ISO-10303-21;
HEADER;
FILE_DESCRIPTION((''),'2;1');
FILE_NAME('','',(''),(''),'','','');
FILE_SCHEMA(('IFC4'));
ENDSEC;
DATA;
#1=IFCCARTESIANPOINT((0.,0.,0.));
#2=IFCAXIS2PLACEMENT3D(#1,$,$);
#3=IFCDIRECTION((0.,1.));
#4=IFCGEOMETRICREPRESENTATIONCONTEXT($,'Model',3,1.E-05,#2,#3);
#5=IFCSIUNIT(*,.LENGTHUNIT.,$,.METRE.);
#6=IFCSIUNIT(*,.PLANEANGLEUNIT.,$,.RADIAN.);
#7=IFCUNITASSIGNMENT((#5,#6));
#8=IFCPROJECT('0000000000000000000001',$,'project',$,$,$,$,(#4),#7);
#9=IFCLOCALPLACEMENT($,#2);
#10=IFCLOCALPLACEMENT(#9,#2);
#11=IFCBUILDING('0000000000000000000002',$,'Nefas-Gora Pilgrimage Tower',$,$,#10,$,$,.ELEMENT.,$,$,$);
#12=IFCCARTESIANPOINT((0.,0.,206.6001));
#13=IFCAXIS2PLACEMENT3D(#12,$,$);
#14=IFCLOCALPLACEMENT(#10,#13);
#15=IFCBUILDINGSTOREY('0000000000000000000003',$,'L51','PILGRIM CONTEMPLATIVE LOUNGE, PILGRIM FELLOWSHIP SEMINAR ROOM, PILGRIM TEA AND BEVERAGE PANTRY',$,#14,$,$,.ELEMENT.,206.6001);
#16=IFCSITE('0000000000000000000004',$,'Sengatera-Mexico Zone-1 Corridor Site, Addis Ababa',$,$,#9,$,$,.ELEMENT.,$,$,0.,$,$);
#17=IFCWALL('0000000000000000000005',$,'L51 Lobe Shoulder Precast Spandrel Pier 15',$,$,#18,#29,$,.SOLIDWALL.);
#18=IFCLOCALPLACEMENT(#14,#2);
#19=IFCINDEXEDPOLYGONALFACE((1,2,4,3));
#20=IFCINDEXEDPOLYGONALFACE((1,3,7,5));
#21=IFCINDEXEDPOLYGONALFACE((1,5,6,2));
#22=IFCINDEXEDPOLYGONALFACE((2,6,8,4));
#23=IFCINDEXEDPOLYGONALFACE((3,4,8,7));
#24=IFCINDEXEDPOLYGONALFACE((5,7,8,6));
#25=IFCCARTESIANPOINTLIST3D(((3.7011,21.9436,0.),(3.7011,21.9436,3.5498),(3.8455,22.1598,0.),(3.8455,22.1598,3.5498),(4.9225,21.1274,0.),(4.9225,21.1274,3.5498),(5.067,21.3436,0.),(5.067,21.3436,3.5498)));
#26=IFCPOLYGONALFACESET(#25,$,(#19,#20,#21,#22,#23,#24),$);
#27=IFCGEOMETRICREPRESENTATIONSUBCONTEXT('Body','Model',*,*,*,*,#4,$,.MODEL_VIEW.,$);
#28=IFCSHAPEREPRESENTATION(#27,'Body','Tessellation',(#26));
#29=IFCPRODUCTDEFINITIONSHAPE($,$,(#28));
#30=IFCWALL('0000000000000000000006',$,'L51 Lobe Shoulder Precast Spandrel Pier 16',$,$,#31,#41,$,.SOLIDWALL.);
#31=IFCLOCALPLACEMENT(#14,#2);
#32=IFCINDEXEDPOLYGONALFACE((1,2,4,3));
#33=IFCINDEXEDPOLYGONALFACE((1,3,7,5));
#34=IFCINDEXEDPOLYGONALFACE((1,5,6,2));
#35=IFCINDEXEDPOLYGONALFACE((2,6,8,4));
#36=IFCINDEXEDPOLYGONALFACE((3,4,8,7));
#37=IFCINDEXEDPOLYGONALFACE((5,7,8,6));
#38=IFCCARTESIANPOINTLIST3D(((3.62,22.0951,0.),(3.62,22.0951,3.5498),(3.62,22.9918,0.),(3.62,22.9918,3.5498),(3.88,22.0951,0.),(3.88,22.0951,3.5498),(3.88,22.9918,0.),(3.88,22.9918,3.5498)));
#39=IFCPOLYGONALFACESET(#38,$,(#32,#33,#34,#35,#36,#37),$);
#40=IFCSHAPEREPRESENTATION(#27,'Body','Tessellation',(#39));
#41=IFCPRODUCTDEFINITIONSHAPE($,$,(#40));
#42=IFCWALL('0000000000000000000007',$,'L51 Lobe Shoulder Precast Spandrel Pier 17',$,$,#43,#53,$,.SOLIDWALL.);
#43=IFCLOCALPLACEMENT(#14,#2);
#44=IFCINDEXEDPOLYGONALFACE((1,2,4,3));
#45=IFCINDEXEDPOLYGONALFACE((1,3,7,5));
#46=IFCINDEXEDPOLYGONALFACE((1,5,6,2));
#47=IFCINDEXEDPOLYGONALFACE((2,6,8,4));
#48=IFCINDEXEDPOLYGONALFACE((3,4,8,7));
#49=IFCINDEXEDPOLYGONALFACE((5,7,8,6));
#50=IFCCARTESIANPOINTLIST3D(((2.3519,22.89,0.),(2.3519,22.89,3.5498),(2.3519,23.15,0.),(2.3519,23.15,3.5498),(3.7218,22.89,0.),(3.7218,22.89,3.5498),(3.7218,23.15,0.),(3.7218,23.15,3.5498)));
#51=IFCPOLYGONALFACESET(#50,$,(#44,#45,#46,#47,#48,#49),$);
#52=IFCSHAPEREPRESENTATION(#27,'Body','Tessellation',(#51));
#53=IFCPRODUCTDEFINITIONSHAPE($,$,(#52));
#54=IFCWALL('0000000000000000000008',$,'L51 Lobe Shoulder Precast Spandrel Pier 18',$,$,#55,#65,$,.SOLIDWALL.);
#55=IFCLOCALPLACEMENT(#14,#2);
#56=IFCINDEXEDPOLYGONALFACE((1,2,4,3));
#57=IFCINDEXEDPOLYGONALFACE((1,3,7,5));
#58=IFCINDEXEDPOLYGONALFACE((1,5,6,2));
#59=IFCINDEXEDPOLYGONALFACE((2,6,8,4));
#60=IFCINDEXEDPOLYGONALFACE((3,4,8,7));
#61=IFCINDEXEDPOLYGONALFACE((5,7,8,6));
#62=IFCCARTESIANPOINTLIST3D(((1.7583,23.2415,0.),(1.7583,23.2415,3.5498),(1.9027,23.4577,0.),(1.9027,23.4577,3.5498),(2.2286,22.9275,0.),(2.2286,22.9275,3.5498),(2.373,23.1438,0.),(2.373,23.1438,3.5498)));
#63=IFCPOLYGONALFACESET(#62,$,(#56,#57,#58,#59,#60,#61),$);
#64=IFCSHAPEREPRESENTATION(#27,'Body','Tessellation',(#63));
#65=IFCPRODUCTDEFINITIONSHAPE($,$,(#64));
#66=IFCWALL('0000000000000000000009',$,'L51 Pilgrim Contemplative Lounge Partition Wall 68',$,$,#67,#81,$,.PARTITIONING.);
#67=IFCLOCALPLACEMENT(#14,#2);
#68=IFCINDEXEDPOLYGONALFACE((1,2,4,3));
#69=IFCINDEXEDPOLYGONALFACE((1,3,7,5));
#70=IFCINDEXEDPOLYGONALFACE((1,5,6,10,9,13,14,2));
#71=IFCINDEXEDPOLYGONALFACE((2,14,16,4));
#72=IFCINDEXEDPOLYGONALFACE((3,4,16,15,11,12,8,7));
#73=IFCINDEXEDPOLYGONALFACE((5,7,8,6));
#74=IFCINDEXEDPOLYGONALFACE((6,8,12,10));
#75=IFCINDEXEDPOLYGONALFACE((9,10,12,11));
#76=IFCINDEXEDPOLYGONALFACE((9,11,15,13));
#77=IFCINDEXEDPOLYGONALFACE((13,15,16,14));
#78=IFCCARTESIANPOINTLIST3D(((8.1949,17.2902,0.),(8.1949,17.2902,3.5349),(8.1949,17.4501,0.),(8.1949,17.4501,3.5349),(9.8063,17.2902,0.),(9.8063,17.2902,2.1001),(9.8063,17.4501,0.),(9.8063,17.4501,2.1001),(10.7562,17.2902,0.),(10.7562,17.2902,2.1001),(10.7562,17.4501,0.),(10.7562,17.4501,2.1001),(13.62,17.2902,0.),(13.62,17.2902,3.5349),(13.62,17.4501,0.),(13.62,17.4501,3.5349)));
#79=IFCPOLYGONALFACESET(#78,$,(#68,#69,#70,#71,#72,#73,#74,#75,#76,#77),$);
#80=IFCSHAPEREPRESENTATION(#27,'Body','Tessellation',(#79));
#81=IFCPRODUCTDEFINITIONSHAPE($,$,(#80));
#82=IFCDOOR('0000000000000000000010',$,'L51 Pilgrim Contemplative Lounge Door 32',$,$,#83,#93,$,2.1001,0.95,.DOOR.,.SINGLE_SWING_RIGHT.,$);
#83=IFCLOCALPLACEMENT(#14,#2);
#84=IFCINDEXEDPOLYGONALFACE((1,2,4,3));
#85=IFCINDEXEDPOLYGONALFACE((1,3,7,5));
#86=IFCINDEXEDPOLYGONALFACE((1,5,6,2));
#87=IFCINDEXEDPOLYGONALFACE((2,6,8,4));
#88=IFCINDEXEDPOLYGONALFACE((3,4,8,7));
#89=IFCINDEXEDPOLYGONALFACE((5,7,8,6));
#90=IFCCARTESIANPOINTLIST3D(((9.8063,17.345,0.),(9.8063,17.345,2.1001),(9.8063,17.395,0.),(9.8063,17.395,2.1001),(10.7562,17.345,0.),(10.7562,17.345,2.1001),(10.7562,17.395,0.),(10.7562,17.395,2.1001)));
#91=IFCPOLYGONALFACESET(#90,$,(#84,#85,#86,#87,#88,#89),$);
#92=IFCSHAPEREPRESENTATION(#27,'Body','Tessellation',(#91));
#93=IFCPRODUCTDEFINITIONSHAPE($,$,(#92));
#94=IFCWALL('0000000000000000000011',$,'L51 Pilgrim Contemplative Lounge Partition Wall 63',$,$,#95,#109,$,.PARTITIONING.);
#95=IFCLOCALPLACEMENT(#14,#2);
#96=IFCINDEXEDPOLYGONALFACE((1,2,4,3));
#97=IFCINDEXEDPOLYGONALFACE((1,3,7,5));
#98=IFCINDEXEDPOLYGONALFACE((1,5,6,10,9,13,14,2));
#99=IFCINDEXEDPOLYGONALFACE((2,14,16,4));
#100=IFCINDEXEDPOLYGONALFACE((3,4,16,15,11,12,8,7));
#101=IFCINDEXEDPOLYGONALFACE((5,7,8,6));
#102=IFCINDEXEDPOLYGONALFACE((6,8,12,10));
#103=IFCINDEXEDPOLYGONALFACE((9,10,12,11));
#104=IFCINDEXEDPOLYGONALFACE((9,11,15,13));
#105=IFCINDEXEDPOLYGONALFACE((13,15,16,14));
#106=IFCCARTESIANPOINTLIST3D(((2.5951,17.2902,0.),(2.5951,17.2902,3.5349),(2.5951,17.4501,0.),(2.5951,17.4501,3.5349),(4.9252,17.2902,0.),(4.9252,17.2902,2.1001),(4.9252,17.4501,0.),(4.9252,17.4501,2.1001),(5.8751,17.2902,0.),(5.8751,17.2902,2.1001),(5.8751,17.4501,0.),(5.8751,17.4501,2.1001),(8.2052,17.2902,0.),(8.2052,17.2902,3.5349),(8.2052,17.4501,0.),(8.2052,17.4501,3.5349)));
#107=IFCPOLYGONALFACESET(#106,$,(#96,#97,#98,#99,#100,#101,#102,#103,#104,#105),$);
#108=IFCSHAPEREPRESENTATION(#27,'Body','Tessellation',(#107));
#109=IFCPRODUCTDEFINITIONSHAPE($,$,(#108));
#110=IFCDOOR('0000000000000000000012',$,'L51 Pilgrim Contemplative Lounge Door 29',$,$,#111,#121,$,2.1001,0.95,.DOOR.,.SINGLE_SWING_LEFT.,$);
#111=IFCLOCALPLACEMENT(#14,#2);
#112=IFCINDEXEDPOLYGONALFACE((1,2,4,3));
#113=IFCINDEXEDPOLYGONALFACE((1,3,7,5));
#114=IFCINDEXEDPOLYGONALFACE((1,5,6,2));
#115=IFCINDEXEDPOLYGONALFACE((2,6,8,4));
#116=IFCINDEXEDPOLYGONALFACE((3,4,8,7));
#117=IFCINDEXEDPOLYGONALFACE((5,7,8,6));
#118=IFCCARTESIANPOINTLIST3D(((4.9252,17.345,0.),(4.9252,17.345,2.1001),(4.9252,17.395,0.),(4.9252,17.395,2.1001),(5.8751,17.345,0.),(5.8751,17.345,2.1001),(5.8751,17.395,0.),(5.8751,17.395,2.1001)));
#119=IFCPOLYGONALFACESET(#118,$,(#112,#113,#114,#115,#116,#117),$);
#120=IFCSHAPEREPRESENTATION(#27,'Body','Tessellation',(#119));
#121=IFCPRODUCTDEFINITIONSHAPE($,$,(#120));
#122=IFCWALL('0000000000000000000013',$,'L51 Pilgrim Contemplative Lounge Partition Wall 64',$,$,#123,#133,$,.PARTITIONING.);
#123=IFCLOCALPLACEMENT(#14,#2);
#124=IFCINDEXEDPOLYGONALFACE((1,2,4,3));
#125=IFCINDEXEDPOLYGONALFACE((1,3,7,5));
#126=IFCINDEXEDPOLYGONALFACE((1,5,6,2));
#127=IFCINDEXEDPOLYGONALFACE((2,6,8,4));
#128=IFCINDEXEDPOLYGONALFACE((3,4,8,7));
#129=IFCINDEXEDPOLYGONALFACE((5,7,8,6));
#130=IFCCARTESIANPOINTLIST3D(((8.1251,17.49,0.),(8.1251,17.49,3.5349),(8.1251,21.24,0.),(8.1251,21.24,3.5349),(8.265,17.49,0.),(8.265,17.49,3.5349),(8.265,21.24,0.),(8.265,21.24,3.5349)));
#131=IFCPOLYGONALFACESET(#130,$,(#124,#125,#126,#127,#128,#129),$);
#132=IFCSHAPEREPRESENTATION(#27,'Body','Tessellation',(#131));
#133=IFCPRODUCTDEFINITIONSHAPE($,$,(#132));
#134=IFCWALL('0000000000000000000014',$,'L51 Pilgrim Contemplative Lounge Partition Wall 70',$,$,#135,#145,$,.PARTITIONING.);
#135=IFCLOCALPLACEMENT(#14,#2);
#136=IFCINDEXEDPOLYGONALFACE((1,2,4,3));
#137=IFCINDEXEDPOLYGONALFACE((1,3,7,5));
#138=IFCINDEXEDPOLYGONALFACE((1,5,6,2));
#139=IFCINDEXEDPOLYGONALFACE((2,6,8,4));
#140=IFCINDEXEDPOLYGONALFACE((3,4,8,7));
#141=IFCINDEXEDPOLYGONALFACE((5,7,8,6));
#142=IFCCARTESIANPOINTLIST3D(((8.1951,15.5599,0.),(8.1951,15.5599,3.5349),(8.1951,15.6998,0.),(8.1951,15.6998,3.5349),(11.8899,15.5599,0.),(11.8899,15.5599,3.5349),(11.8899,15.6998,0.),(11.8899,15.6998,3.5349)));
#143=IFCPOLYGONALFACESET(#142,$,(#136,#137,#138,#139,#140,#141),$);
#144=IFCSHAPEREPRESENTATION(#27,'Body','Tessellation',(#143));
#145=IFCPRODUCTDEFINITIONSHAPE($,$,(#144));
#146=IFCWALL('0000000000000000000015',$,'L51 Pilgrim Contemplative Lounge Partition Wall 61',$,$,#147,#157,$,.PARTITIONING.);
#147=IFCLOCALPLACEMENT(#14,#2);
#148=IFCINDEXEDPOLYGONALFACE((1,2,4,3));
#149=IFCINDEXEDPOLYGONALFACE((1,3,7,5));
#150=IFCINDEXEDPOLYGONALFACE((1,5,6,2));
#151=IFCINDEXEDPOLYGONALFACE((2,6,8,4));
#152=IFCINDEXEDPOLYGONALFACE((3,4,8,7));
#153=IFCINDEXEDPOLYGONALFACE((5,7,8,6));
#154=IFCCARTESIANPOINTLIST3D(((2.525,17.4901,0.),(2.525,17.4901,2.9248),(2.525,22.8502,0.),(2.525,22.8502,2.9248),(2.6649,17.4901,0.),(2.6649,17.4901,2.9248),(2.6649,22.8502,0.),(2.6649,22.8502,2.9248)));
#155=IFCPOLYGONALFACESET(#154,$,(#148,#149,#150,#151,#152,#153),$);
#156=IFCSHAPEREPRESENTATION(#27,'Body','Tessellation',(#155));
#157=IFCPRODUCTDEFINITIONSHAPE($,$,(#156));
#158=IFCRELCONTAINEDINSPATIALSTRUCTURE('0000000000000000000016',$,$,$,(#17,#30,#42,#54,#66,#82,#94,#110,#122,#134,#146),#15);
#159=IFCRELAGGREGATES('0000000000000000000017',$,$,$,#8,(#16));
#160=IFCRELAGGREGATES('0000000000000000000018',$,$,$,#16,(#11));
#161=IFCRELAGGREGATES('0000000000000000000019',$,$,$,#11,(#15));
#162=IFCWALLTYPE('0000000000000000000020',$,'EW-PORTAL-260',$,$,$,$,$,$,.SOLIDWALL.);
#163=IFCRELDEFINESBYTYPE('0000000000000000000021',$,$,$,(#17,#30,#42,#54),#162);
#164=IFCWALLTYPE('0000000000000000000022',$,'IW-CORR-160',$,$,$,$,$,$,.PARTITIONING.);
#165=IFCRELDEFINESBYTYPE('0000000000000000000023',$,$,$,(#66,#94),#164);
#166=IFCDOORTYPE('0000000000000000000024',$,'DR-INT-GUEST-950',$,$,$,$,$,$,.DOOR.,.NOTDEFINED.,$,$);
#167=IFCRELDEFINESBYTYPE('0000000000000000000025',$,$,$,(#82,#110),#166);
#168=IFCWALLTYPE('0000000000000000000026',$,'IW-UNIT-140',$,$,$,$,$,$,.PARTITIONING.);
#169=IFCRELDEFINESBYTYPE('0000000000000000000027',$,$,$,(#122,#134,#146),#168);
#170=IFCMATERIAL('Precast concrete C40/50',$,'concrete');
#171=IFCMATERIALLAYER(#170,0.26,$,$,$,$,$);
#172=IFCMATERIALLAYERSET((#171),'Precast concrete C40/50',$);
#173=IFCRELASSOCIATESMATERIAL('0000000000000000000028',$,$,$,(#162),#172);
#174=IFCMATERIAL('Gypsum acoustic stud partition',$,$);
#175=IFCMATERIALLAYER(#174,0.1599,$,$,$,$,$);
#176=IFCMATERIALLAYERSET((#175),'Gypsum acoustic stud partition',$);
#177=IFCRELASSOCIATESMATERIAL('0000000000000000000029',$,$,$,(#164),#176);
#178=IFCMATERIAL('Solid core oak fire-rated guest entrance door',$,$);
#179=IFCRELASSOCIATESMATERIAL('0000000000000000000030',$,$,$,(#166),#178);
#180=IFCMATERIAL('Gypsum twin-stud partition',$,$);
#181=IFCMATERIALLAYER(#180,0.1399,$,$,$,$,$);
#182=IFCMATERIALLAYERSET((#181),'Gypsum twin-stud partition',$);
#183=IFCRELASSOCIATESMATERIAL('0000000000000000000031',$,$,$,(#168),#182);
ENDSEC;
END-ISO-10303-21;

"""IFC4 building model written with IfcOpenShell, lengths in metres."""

from ifc_helpers import new_model, si_unit, direction, frame, frame_2d, origin, place, context, subcontext, project, spatial, rectangle, extrude, source, transform, mapped, material, layer, layer_set, type_object, element, fill, save


model = new_model("IFC4")

# Units and contexts
model_context = context("Model", 3, precision=1e-05, world=origin(), true_north=direction((0.0, 1.0)))
body_context = subcontext(model_context, "Body", "Model", "MODEL_VIEW")
ifc_project = project(units=[si_unit("LENGTHUNIT", "METRE"), si_unit("PLANEANGLEUNIT", "RADIAN")], contexts=[model_context])

# Site, building, storey
site_placement = place(None, origin())
site = spatial("IfcSite", under=ifc_project, at=site_placement, Name="Sengatera-Mexico Zone-1 Corridor Site, Addis Ababa", CompositionType="ELEMENT", RefElevation=0.0)
building_placement = place(site_placement, origin())
building = spatial("IfcBuilding", under=site, at=building_placement, Name="Nefas-Gora Pilgrimage Tower", CompositionType="ELEMENT")
storey_placement = place(building_placement, frame((0.0, 0.0, 206.6001)))
storey = spatial("IfcBuildingStorey", under=building, at=storey_placement, Name="L51", Description="PILGRIM CONTEMPLATIVE LOUNGE, PILGRIM FELLOWSHIP SEMINAR ROOM, PILGRIM TEA AND BEVERAGE PANTRY", CompositionType="ELEMENT", Elevation=206.6001)

# Walls
ifc_material_1 = material(Name="Precast concrete C40/50", Category="concrete")
ifc_layer_1 = layer(ifc_material_1, 0.26)
ifc_layer_set_1 = layer_set([ifc_layer_1], Name="Precast concrete C40/50")
wall_type_1 = type_object("IfcWallType", Name="EW-PORTAL-260", PredefinedType="SOLIDWALL", material=ifc_layer_set_1)
shared_shape_1 = source(origin(), body_context, "Body", "SweptSolid", [
    extrude(rectangle(XDim=1.469, YDim=0.26, at=frame_2d((0.7344, 0.0))), origin(), (0.0, 0.0, 1.0), 3.5498),
])
wall_1_placement = place(storey_placement, frame((4.9946, 21.2356, 0.0), z_axis=(0.0, 0.0, 1.0), x_axis=(-0.831462, 0.555582, 0.0)))
element("IfcWall", 1, at=wall_1_placement, inside=storey, type_object=wall_type_1, Name="L51 Lobe Shoulder Precast Spandrel Pier 15", PredefinedType="SOLIDWALL", context=body_context, shape_type="MappedRepresentation", body=[
    mapped(shared_shape_1, transform((0.0, 0.0, 0.0), x_axis=(1.0, 0.0, 0.0), y_axis=(0.0, 1.0, 0.0), z_axis=(0.0, 0.0, 1.0), scale=1.0)),
])
shared_shape_2 = source(origin(), body_context, "Body", "SweptSolid", [
    extrude(rectangle(XDim=0.8967, YDim=0.26, at=frame_2d((0.4482, 0.0))), origin(), (0.0, 0.0, 1.0), 3.5498),
])
wall_2_placement = place(storey_placement, frame((3.75, 22.0952, 0.0), z_axis=(0.0, 0.0, 1.0), x_axis=(0.0, 1.0, 0.0)))
element("IfcWall", 2, at=wall_2_placement, inside=storey, type_object=wall_type_1, Name="L51 Lobe Shoulder Precast Spandrel Pier 16", PredefinedType="SOLIDWALL", context=body_context, shape_type="MappedRepresentation", body=[
    mapped(shared_shape_2, transform((0.0, 0.0, 0.0), x_axis=(1.0, 0.0, 0.0), y_axis=(0.0, 1.0, 0.0), z_axis=(0.0, 0.0, 1.0), scale=1.0)),
])
shared_shape_3 = source(origin(), body_context, "Body", "SweptSolid", [
    extrude(rectangle(XDim=1.3699, YDim=0.26, at=frame_2d((0.6851, 0.0))), origin(), (0.0, 0.0, 1.0), 3.5498),
])
wall_3_placement = place(storey_placement, frame((3.7219, 23.02, 0.0), z_axis=(0.0, 0.0, 1.0), x_axis=(-1.0, 0.0, 0.0)))
element("IfcWall", 3, at=wall_3_placement, inside=storey, type_object=wall_type_1, Name="L51 Lobe Shoulder Precast Spandrel Pier 17", PredefinedType="SOLIDWALL", context=body_context, shape_type="MappedRepresentation", body=[
    mapped(shared_shape_3, transform((0.0, 0.0, 0.0), x_axis=(1.0, 0.0, 0.0), y_axis=(0.0, 1.0, 0.0), z_axis=(0.0, 0.0, 1.0), scale=1.0)),
])
shared_shape_4 = source(origin(), body_context, "Body", "SweptSolid", [
    extrude(rectangle(XDim=0.5654, YDim=0.26, at=frame_2d((0.2827, 0.0))), origin(), (0.0, 0.0, 1.0), 3.5498),
])
wall_4_placement = place(storey_placement, frame((2.3008, 23.0356, 0.0), z_axis=(0.0, 0.0, 1.0), x_axis=(-0.831651, 0.555298, 0.0)))
element("IfcWall", 4, at=wall_4_placement, inside=storey, type_object=wall_type_1, Name="L51 Lobe Shoulder Precast Spandrel Pier 18", PredefinedType="SOLIDWALL", context=body_context, shape_type="MappedRepresentation", body=[
    mapped(shared_shape_4, transform((0.0, 0.0, 0.0), x_axis=(1.0, 0.0, 0.0), y_axis=(0.0, 1.0, 0.0), z_axis=(0.0, 0.0, 1.0), scale=1.0)),
])

# Walls, openings, doors
ifc_material_2 = material(Name="Gypsum acoustic stud partition")
ifc_layer_2 = layer(ifc_material_2, 0.1599)
ifc_layer_set_2 = layer_set([ifc_layer_2], Name="Gypsum acoustic stud partition")
wall_type_2 = type_object("IfcWallType", Name="IW-CORR-160", PredefinedType="PARTITIONING", material=ifc_layer_set_2)
shared_shape_5 = source(origin(), body_context, "Body", "SweptSolid", [
    extrude(rectangle(XDim=5.425, YDim=0.1599, at=frame_2d((2.7124, 0.0))), origin(), (0.0, 0.0, 1.0), 3.5349),
])
wall_5_placement = place(storey_placement, frame((8.1951, 17.3701, 0.0), z_axis=(0.0, 0.0, 1.0), x_axis=(1.0, 0.0, 0.0)))
wall_5 = element("IfcWall", 5, at=wall_5_placement, inside=storey, type_object=wall_type_2, Name="L51 Pilgrim Contemplative Lounge Partition Wall 68", PredefinedType="PARTITIONING", context=body_context, shape_type="MappedRepresentation", body=[
    mapped(shared_shape_5, transform((0.0, 0.0, 0.0), x_axis=(1.0, 0.0, 0.0), y_axis=(0.0, 1.0, 0.0), z_axis=(0.0, 0.0, 1.0), scale=1.0)),
])
opening_1_placement = place(wall_5_placement, frame((1.6111, 0.0, 0.0)))
opening_1 = element("IfcOpeningElement", 6, at=opening_1_placement, cuts=wall_5, PredefinedType="OPENING", context=body_context, shape_type="SweptSolid", body=[
    extrude(rectangle(XDim=0.95, YDim=2.1001, at=frame_2d((0.4751, 1.05))), frame((0.0, 0.0898, 0.0), z_axis=(0.0, -1.0, 0.0), x_axis=(1.0, 0.0, 0.0)), (0.0, 0.0, 1.0), 0.1799),
])
ifc_material_3 = material(Name="Solid core oak fire-rated guest entrance door")
door_type = type_object("IfcDoorType", Name="DR-INT-GUEST-950", OperationType="NOTDEFINED", PredefinedType="DOOR", material=ifc_material_3)
shared_shape_6 = source(origin(), body_context, "Body", "SweptSolid", [
    extrude(rectangle(XDim=0.95, YDim=2.1001, at=frame_2d((0.4751, 1.05))), frame((0.0, 0.0249, 0.0), z_axis=(0.0, -1.0, 0.0), x_axis=(1.0, 0.0, 0.0)), (0.0, 0.0, 1.0), 0.05),
])
door_1_placement = place(opening_1_placement, origin())
door_1 = element("IfcDoor", 7, at=door_1_placement, inside=storey, type_object=door_type, Name="L51 Pilgrim Contemplative Lounge Door 32", OperationType="SINGLE_SWING_RIGHT", OverallHeight=2.1001, OverallWidth=0.95, PredefinedType="DOOR", context=body_context, shape_type="MappedRepresentation", body=[
    mapped(shared_shape_6, transform((0.0, 0.0, 0.0), x_axis=(1.0, 0.0, 0.0), y_axis=(0.0, 1.0, 0.0), z_axis=(0.0, 0.0, 1.0), scale=1.0)),
])
fill(opening_1, door_1)
shared_shape_7 = source(origin(), body_context, "Body", "SweptSolid", [
    extrude(rectangle(XDim=5.6101, YDim=0.1599, at=frame_2d((2.8052, 0.0))), origin(), (0.0, 0.0, 1.0), 3.5349),
])
wall_6_placement = place(storey_placement, frame((2.595, 17.3701, 0.0), z_axis=(0.0, 0.0, 1.0), x_axis=(1.0, 0.0, 0.0)))
wall_6 = element("IfcWall", 8, at=wall_6_placement, inside=storey, type_object=wall_type_2, Name="L51 Pilgrim Contemplative Lounge Partition Wall 63", PredefinedType="PARTITIONING", context=body_context, shape_type="MappedRepresentation", body=[
    mapped(shared_shape_7, transform((0.0, 0.0, 0.0), x_axis=(1.0, 0.0, 0.0), y_axis=(0.0, 1.0, 0.0), z_axis=(0.0, 0.0, 1.0), scale=1.0)),
])
opening_2_placement = place(wall_6_placement, frame((2.3301, 0.0, 0.0)))
opening_2 = element("IfcOpeningElement", 9, at=opening_2_placement, cuts=wall_6, PredefinedType="OPENING", context=body_context, shape_type="SweptSolid", body=[
    extrude(rectangle(XDim=0.95, YDim=2.1001, at=frame_2d((0.4751, 1.05))), frame((0.0, 0.0898, 0.0), z_axis=(0.0, -1.0, 0.0), x_axis=(1.0, 0.0, 0.0)), (0.0, 0.0, 1.0), 0.1799),
])
door_2_placement = place(opening_2_placement, origin())
door_2 = element("IfcDoor", 10, at=door_2_placement, inside=storey, type_object=door_type, Name="L51 Pilgrim Contemplative Lounge Door 29", OperationType="SINGLE_SWING_LEFT", OverallHeight=2.1001, OverallWidth=0.95, PredefinedType="DOOR", context=body_context, shape_type="MappedRepresentation", body=[
    mapped(shared_shape_6, transform((0.0, 0.0, 0.0), x_axis=(1.0, 0.0, 0.0), y_axis=(0.0, 1.0, 0.0), z_axis=(0.0, 0.0, 1.0), scale=1.0)),
])
fill(opening_2, door_2)

# Walls
ifc_material_4 = material(Name="Gypsum twin-stud partition")
ifc_layer_3 = layer(ifc_material_4, 0.1399)
ifc_layer_set_3 = layer_set([ifc_layer_3], Name="Gypsum twin-stud partition")
wall_type_3 = type_object("IfcWallType", Name="IW-UNIT-140", PredefinedType="PARTITIONING", material=ifc_layer_set_3)
shared_shape_8 = source(origin(), body_context, "Body", "SweptSolid", [
    extrude(rectangle(XDim=3.75, YDim=0.1399, at=frame_2d((1.875, 0.0))), origin(), (0.0, 0.0, 1.0), 3.5349),
])
wall_7_placement = place(storey_placement, frame((8.1951, 17.49, 0.0), z_axis=(0.0, 0.0, 1.0), x_axis=(0.0, 1.0, 0.0)))
element("IfcWall", 11, at=wall_7_placement, inside=storey, type_object=wall_type_3, Name="L51 Pilgrim Contemplative Lounge Partition Wall 64", PredefinedType="PARTITIONING", context=body_context, shape_type="MappedRepresentation", body=[
    mapped(shared_shape_8, transform((0.0, 0.0, 0.0), x_axis=(1.0, 0.0, 0.0), y_axis=(0.0, 1.0, 0.0), z_axis=(0.0, 0.0, 1.0), scale=1.0)),
])
shared_shape_9 = source(origin(), body_context, "Body", "SweptSolid", [
    extrude(rectangle(XDim=3.6948, YDim=0.1399, at=frame_2d((1.8474, 0.0))), origin(), (0.0, 0.0, 1.0), 3.5349),
])
wall_8_placement = place(storey_placement, frame((8.1951, 15.6299, 0.0), z_axis=(0.0, 0.0, 1.0), x_axis=(1.0, 0.0, 0.0)))
element("IfcWall", 12, at=wall_8_placement, inside=storey, type_object=wall_type_3, Name="L51 Pilgrim Contemplative Lounge Partition Wall 70", PredefinedType="PARTITIONING", context=body_context, shape_type="MappedRepresentation", body=[
    mapped(shared_shape_9, transform((0.0, 0.0, 0.0), x_axis=(1.0, 0.0, 0.0), y_axis=(0.0, 1.0, 0.0), z_axis=(0.0, 0.0, 1.0), scale=1.0)),
])
shared_shape_10 = source(origin(), body_context, "Body", "SweptSolid", [
    extrude(rectangle(XDim=5.3601, YDim=0.1399, at=frame_2d((2.6802, 0.0))), origin(), (0.0, 0.0, 1.0), 2.9248),
])
wall_9_placement = place(storey_placement, frame((2.595, 17.49, 0.0), z_axis=(0.0, 0.0, 1.0), x_axis=(0.0, 1.0, 0.0)))
element("IfcWall", 13, at=wall_9_placement, inside=storey, type_object=wall_type_3, Name="L51 Pilgrim Contemplative Lounge Partition Wall 61", PredefinedType="PARTITIONING", context=body_context, shape_type="MappedRepresentation", body=[
    mapped(shared_shape_10, transform((0.0, 0.0, 0.0), x_axis=(1.0, 0.0, 0.0), y_axis=(0.0, 1.0, 0.0), z_axis=(0.0, 0.0, 1.0), scale=1.0)),
])

save(model, "model.ifc")
